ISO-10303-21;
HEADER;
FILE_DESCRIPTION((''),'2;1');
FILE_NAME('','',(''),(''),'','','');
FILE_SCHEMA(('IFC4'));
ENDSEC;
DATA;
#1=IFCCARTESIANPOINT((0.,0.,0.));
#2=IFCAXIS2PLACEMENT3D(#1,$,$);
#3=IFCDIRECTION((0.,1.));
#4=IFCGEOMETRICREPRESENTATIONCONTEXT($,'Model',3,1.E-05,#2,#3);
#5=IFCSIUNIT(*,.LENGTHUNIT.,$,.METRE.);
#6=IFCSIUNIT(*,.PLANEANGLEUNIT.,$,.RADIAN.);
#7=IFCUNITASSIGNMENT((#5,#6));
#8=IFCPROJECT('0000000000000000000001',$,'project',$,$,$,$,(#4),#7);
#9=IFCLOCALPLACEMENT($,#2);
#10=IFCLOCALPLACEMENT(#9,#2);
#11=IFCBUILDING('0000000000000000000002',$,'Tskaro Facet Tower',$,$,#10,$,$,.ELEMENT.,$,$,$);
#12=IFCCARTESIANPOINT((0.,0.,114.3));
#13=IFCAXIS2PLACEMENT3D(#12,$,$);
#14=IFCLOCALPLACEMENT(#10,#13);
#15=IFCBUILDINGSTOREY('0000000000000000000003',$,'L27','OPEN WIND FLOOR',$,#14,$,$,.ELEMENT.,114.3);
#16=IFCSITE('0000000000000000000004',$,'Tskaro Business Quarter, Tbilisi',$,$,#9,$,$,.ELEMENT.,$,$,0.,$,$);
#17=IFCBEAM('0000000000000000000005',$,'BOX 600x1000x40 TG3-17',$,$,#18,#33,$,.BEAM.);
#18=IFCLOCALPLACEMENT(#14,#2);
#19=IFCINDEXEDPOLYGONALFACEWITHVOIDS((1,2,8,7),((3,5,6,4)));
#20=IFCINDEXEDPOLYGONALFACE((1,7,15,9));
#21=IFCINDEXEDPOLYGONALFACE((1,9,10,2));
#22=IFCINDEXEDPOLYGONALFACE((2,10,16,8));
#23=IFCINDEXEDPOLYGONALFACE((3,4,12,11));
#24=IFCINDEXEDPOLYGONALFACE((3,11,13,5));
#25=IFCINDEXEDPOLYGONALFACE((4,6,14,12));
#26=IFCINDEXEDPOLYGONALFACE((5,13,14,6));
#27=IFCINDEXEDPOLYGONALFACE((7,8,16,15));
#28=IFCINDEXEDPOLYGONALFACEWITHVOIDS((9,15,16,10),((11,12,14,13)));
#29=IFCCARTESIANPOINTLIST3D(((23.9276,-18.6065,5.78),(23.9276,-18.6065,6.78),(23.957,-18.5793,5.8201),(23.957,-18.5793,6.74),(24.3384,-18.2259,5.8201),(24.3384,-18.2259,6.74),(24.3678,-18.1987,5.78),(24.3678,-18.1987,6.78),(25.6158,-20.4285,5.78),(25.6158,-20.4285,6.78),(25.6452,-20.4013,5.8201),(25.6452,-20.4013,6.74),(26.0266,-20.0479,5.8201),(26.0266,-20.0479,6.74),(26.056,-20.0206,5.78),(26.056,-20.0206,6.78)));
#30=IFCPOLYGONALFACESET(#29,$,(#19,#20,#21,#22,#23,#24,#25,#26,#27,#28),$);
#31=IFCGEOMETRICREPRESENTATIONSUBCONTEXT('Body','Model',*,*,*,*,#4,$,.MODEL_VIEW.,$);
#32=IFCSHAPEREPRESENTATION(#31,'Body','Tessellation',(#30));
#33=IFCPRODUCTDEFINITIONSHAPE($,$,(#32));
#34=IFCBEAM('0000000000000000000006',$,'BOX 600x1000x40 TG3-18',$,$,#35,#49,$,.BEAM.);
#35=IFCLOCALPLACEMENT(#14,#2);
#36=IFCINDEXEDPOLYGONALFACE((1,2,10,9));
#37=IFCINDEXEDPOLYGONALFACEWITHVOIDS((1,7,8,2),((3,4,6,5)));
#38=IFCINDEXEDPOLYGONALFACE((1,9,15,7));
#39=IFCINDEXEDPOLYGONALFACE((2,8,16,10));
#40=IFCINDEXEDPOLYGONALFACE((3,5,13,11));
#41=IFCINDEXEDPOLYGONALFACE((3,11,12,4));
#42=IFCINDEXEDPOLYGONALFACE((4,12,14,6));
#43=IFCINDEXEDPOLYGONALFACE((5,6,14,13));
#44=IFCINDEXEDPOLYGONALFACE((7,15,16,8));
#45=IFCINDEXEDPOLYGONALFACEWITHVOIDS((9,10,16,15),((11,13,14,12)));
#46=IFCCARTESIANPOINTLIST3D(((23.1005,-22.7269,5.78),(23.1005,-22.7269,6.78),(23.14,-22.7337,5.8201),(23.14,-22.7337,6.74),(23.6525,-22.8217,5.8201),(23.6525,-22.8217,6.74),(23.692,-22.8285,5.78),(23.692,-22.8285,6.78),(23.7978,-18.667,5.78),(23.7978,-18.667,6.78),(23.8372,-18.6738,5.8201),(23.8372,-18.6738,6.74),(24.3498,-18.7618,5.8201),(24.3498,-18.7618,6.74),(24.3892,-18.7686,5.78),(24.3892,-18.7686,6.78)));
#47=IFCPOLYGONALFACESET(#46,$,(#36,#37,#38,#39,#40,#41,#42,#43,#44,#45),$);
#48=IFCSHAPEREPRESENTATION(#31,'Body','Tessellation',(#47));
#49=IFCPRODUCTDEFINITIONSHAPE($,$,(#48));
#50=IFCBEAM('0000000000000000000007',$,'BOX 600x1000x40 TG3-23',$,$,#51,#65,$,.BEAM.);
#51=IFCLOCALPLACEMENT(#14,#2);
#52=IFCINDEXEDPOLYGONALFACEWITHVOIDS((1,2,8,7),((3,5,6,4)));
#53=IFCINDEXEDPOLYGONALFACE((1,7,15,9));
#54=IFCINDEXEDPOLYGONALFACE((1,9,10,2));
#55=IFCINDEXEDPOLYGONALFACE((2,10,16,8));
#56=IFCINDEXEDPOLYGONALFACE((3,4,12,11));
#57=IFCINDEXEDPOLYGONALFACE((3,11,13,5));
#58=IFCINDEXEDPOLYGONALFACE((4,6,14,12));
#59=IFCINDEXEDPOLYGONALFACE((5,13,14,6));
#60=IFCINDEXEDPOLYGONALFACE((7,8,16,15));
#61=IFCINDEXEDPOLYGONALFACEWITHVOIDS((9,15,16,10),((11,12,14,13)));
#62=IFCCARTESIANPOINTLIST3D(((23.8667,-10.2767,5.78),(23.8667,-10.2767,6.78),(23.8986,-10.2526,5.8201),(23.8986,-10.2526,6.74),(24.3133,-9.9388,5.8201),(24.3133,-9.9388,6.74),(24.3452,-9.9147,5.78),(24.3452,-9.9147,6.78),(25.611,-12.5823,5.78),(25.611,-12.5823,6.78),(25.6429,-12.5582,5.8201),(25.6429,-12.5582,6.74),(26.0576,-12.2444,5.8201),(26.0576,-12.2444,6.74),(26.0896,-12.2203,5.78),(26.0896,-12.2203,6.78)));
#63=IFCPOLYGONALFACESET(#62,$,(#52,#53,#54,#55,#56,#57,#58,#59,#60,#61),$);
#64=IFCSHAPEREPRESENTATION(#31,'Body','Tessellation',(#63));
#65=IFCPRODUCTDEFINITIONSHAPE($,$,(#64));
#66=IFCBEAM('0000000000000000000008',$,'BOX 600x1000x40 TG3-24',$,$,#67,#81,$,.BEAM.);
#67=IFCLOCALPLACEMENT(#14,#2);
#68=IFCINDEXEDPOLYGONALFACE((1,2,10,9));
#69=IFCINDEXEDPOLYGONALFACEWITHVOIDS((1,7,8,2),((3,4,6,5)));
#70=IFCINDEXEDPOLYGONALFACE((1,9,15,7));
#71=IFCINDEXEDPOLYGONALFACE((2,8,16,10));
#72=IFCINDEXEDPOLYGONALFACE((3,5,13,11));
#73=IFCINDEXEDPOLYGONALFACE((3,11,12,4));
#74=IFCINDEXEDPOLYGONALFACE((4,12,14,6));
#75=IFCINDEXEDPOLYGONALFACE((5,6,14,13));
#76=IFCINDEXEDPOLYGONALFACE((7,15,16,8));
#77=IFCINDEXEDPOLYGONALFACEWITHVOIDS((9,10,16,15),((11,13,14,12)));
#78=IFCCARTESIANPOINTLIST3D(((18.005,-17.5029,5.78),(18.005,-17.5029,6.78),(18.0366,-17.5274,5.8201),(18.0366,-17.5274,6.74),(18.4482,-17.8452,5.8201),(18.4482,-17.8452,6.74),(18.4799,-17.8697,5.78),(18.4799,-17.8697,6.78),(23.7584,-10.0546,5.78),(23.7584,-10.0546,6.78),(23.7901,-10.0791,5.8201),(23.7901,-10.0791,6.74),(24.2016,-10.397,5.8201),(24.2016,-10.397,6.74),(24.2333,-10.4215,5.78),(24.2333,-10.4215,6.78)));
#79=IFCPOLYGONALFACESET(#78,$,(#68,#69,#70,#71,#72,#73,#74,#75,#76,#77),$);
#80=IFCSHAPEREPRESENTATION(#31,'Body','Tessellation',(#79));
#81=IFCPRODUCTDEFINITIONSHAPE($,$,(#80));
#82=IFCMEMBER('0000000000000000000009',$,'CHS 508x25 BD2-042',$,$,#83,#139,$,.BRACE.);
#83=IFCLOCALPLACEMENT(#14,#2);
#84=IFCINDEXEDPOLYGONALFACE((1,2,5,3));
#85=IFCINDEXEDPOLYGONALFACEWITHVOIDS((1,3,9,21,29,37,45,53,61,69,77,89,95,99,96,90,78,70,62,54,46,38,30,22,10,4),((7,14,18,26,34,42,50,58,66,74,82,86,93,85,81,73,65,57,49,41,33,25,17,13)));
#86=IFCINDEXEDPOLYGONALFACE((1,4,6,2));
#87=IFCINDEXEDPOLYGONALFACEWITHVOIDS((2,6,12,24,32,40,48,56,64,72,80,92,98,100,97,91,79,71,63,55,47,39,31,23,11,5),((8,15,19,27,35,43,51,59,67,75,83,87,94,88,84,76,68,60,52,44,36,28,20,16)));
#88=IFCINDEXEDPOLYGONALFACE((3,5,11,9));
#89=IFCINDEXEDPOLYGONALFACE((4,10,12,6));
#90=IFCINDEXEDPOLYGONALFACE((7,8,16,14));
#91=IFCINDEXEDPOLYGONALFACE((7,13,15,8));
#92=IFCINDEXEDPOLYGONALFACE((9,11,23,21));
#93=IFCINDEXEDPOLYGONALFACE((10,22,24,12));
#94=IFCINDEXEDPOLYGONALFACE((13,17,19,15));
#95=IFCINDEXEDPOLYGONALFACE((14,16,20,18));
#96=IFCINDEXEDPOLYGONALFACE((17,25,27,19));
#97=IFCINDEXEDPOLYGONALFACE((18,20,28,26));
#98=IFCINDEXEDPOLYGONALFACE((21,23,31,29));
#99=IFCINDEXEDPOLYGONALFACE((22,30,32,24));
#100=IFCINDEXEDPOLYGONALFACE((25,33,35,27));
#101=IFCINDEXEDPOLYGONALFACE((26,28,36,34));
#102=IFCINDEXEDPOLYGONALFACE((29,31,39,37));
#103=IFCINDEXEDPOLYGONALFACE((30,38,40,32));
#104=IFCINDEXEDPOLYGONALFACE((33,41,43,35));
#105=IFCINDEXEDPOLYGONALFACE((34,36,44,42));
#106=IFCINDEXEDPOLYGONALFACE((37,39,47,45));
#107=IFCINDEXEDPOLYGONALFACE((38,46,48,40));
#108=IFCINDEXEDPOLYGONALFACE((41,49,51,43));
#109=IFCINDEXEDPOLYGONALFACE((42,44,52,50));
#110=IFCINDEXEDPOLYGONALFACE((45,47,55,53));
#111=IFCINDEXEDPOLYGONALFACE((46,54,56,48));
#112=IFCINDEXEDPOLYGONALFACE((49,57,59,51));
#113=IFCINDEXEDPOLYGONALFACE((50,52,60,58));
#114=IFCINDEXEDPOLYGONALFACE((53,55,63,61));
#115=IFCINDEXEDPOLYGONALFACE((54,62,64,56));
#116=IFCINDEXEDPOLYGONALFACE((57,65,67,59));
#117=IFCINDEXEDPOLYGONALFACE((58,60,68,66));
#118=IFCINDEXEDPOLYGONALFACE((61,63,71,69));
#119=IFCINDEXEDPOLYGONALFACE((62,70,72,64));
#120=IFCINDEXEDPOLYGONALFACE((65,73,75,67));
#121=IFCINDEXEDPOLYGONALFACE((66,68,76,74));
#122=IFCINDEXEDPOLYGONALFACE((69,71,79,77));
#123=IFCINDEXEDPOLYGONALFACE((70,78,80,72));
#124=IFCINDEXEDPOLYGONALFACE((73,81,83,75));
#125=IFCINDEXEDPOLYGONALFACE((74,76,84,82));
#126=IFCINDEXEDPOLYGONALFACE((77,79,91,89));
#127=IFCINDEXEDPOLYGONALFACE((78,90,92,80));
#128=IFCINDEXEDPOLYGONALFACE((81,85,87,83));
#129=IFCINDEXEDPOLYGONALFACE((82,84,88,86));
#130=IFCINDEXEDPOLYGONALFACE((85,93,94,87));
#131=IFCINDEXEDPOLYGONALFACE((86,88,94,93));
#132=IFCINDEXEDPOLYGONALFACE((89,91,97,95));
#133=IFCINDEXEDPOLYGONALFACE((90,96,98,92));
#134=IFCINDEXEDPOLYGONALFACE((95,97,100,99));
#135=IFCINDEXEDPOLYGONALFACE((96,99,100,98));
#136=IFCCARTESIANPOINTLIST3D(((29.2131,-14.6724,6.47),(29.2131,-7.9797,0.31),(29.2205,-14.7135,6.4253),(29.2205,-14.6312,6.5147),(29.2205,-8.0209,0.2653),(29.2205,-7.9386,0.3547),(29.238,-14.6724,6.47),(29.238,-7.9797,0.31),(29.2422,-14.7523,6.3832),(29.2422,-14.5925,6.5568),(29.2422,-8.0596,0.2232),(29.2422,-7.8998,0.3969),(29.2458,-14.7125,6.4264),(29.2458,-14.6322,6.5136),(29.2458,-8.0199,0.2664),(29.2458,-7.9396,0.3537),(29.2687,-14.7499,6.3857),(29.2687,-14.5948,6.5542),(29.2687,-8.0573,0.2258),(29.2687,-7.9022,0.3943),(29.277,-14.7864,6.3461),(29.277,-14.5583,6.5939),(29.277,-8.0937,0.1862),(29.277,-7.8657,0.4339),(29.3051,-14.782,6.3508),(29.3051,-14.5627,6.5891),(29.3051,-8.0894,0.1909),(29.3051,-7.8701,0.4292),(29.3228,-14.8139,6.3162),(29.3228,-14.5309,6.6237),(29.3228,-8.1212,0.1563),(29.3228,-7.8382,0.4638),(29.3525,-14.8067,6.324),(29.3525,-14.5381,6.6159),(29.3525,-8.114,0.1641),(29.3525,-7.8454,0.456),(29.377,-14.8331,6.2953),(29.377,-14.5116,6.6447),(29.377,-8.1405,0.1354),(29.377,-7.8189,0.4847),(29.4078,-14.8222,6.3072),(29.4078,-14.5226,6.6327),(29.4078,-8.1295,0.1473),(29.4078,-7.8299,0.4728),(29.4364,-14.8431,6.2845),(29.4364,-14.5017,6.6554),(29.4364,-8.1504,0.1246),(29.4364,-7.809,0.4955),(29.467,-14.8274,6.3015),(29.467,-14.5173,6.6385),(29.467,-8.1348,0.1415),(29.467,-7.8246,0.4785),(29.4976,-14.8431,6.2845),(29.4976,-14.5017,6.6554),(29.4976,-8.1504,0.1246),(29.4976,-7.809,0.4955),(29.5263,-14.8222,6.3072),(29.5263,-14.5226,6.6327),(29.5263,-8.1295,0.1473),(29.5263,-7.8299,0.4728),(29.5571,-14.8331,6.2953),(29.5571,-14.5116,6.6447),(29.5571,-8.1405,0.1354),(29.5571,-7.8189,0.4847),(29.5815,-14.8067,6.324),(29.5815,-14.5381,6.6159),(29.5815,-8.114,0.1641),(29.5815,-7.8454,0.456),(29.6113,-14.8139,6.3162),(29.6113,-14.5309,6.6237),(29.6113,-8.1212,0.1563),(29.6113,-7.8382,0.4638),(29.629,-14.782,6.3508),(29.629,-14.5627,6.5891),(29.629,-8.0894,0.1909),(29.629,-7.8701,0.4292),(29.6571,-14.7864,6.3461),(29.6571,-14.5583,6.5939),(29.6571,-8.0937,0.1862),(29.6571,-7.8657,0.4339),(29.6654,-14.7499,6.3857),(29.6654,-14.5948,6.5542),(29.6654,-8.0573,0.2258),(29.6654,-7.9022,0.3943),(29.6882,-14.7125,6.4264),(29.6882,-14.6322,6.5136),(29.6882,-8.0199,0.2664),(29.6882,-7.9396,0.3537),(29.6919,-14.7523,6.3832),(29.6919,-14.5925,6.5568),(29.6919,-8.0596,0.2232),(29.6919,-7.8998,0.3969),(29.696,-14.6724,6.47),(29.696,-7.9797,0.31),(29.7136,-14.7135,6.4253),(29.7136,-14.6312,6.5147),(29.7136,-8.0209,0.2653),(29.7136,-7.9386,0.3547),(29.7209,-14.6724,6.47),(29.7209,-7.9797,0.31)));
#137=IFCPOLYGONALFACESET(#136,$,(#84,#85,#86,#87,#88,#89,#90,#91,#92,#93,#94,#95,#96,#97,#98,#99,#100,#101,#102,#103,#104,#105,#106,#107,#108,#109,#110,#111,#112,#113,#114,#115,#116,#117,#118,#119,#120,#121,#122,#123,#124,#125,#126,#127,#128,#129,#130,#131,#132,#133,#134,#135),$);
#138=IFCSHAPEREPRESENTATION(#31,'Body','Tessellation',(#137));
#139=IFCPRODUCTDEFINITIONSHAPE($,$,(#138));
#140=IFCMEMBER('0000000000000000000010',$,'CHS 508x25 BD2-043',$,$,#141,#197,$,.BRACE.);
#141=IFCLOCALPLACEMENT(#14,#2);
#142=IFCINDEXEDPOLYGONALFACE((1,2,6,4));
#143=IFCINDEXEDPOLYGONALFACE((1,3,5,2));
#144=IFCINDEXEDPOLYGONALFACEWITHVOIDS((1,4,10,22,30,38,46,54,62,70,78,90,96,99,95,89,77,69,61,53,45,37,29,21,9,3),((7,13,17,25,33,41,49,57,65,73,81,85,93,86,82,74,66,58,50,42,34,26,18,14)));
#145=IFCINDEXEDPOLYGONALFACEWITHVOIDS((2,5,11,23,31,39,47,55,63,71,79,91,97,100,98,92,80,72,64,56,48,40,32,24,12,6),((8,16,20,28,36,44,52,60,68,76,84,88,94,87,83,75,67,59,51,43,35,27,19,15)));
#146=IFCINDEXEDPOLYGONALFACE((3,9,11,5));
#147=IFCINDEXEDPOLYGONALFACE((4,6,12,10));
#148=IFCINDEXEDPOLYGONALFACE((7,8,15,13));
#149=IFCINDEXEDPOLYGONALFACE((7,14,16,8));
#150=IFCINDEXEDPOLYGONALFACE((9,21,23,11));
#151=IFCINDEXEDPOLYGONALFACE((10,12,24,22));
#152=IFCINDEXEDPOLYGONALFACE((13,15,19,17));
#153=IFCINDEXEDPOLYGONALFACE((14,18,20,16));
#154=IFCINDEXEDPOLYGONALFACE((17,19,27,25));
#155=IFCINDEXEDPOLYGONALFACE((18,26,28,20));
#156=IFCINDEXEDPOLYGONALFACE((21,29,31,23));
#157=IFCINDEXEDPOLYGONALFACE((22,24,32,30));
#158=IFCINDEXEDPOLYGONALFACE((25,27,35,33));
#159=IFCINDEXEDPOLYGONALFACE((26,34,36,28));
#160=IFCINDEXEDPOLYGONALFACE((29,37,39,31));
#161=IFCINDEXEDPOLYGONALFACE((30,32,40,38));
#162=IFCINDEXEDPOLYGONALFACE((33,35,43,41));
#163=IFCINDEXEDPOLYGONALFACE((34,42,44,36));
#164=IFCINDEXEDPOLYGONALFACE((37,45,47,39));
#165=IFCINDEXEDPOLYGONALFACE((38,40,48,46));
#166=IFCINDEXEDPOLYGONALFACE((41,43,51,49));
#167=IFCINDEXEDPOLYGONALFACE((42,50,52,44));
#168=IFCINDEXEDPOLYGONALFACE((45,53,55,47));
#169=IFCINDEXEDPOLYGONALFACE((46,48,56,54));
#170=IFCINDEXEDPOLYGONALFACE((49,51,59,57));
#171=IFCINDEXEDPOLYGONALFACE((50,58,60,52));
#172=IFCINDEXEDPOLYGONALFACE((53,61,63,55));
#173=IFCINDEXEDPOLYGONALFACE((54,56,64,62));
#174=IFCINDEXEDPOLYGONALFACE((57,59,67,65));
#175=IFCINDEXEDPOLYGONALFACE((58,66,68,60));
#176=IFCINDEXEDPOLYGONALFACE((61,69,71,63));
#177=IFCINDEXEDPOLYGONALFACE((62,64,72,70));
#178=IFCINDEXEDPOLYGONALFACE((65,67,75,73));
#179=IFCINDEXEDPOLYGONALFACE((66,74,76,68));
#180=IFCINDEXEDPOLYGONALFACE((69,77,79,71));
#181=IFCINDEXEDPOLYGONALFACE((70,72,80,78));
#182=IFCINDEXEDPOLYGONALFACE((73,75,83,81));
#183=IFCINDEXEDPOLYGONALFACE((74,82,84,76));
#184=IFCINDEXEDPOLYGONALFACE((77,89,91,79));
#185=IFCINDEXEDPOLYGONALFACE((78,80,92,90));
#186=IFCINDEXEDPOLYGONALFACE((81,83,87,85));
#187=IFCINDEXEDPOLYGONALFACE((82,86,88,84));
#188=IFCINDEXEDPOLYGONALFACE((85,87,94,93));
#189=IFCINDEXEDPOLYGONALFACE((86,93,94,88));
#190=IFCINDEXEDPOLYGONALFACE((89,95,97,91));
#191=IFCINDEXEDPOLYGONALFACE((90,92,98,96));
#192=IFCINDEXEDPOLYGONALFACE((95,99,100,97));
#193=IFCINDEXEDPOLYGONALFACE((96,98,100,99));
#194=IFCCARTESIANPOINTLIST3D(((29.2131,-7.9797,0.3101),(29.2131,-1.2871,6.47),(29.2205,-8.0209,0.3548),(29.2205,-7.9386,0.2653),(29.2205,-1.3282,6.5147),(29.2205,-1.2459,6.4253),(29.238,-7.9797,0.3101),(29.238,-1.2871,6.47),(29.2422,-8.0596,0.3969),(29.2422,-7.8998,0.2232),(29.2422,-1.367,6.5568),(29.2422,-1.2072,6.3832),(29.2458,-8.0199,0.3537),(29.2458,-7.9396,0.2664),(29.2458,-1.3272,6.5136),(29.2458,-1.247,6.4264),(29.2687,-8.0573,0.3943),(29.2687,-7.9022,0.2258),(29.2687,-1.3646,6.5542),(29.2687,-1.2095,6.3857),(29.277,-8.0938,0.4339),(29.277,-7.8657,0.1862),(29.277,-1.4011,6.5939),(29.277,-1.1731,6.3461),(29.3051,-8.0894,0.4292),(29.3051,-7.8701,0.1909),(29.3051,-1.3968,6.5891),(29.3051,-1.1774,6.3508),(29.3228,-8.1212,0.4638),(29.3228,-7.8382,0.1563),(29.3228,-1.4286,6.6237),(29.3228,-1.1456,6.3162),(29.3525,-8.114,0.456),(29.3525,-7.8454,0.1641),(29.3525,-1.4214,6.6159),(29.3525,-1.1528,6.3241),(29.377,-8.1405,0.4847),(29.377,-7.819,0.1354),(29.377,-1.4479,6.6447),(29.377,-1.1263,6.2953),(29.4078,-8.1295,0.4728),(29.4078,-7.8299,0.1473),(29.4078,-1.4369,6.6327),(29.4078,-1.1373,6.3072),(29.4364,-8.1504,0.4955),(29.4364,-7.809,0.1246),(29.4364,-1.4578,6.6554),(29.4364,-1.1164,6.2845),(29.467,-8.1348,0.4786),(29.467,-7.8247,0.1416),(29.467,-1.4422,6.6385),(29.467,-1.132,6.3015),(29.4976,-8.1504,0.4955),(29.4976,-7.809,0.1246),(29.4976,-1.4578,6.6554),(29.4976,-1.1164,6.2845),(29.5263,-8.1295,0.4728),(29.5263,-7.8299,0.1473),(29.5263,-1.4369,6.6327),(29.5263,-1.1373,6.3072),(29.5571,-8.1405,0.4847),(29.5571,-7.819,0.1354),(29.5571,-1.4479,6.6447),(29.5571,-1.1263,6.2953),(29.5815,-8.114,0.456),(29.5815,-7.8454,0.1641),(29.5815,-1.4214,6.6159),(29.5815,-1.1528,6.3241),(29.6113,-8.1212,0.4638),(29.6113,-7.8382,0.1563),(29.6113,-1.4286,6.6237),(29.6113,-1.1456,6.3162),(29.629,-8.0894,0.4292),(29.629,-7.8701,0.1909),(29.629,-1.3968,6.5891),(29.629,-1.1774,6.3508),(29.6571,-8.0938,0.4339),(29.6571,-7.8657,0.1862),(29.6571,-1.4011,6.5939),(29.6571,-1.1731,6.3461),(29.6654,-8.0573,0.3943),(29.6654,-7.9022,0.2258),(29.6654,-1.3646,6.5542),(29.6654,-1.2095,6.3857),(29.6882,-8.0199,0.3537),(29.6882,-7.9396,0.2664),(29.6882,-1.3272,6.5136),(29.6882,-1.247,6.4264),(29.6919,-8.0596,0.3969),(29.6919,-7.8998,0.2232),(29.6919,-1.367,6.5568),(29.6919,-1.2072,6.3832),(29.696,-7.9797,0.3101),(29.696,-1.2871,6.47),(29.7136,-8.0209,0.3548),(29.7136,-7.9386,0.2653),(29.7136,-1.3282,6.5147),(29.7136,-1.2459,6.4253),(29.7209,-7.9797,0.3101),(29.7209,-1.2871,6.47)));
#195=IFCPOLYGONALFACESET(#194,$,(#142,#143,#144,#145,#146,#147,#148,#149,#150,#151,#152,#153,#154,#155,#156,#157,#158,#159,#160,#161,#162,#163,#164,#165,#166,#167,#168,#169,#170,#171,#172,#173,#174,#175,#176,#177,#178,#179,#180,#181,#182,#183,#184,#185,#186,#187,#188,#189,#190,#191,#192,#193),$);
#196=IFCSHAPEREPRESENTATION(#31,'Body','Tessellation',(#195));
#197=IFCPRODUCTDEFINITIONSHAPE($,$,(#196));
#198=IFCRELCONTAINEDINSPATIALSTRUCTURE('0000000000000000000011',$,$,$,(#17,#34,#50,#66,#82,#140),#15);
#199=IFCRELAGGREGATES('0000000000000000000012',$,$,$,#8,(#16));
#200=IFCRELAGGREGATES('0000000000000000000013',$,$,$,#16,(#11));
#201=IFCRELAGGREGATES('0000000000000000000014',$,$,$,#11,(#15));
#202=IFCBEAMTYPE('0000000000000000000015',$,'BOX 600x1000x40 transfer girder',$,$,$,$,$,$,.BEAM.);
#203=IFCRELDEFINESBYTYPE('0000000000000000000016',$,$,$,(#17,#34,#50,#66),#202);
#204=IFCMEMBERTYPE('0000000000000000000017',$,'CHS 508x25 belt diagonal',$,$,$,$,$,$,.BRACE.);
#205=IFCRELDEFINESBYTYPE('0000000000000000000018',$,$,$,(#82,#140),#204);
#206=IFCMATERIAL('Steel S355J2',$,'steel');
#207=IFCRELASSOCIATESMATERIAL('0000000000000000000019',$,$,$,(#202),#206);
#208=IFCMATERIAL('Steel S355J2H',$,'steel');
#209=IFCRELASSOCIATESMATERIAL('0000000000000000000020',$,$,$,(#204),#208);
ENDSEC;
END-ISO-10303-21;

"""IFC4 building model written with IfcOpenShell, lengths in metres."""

from ifc_helpers import new_model, si_unit, direction, frame, origin, origin_2d, place, context, subcontext, project, spatial, hollow_rectangle, hollow_circle, extrude, material, material_profile, profile_set, type_object, element, save


model = new_model("IFC4")

# Units and contexts
model_context = context("Model", 3, precision=1e-05, world=origin(), true_north=direction((0.0, 1.0)))
body_context = subcontext(model_context, "Body", "Model", "MODEL_VIEW")
ifc_project = project(units=[si_unit("LENGTHUNIT", "METRE"), si_unit("PLANEANGLEUNIT", "RADIAN")], contexts=[model_context])

# Site, building, storey
site_placement = place(None, origin())
site = spatial("IfcSite", under=ifc_project, at=site_placement, Name="Tskaro Business Quarter, Tbilisi", CompositionType="ELEMENT", RefElevation=0.0)
building_placement = place(site_placement, origin())
building = spatial("IfcBuilding", under=site, at=building_placement, Name="Tskaro Facet Tower", CompositionType="ELEMENT")
storey_placement = place(building_placement, frame((0.0, 0.0, 114.3)))
storey = spatial("IfcBuildingStorey", under=building, at=storey_placement, Name="L27", Description="OPEN WIND FLOOR", CompositionType="ELEMENT", Elevation=114.3)

# Shared definitions
ifc_material_1 = material(Name="Steel S355J2H", Category="steel")

# Beams
ifc_material_2 = material(Name="Steel S355J2", Category="steel")
ifc_material_profile_1 = material_profile(ifc_material_2, hollow_rectangle(XDim=0.6001, YDim=1.0, WallThickness=0.04, at=origin_2d()), Name="BOX 600x1000x40")
ifc_profile_set_1 = profile_set([ifc_material_profile_1], Name="Steel S355J2")
beam_type_1 = type_object("IfcBeamType", Name="BOX 600x1000x40 transfer girder", PredefinedType="BEAM", material=ifc_profile_set_1)
beam_1_placement = place(storey_placement, frame((24.1477, -18.4026, 6.28), z_axis=(0.679663, -0.733525, 0.0), x_axis=(0.733525, 0.679663, 0.0)))
element("IfcBeam", 1, at=beam_1_placement, inside=storey, type_object=beam_type_1, Name="BOX 600x1000x40 TG3-17", PredefinedType="BEAM", context=body_context, shape_type="SweptSolid", body=[
    extrude(hollow_rectangle(XDim=0.6001, YDim=1.0, WallThickness=0.04, at=origin_2d()), origin(), (0.0, 0.0, 1.0), 2.4839),
])
beam_2_placement = place(storey_placement, frame((24.0935, -18.7178, 6.28), z_axis=(-0.16926, -0.985571, 0.0), x_axis=(0.985571, -0.16926, 0.0)))
element("IfcBeam", 2, at=beam_2_placement, inside=storey, type_object=beam_type_1, Name="BOX 600x1000x40 TG3-18", PredefinedType="BEAM", context=body_context, shape_type="SweptSolid", body=[
    extrude(hollow_rectangle(XDim=0.6001, YDim=1.0, WallThickness=0.04, at=origin_2d()), origin(), (0.0, 0.0, 1.0), 4.1194),
])
beam_3_placement = place(storey_placement, frame((24.106, -10.0957, 6.28), z_axis=(0.603345, -0.79748, 0.0), x_axis=(0.79748, 0.603345, 0.0)))
element("IfcBeam", 3, at=beam_3_placement, inside=storey, type_object=beam_type_1, Name="BOX 600x1000x40 TG3-23", PredefinedType="BEAM", context=body_context, shape_type="SweptSolid", body=[
    extrude(hollow_rectangle(XDim=0.6001, YDim=1.0, WallThickness=0.04, at=origin_2d()), origin(), (0.0, 0.0, 1.0), 2.8911),
])
beam_4_placement = place(storey_placement, frame((23.9958, -10.238, 6.28), z_axis=(-0.611312, -0.79139, 0.0), x_axis=(0.79139, -0.611312, 0.0)))
element("IfcBeam", 4, at=beam_4_placement, inside=storey, type_object=beam_type_1, Name="BOX 600x1000x40 TG3-24", PredefinedType="BEAM", context=body_context, shape_type="SweptSolid", body=[
    extrude(hollow_rectangle(XDim=0.6001, YDim=1.0, WallThickness=0.04, at=origin_2d()), origin(), (0.0, 0.0, 1.0), 9.4116),
])

# Members
ifc_material_profile_2 = material_profile(ifc_material_1, hollow_circle(Radius=0.2539, WallThickness=0.0249, at=origin_2d()), Name="CHS 508x25")
ifc_profile_set_2 = profile_set([ifc_material_profile_2], Name="Steel S355J2H")
member_type_1 = type_object("IfcMemberType", Name="CHS 508x25 belt diagonal", PredefinedType="BRACE", material=ifc_profile_set_2)
for number, where, z_axis, x_axis, name in (
    (5, (29.467, -14.6724, 6.47), (0.0, 0.735783, -0.677217), (-1.0, 0.0, 0.0), "CHS 508x25 BD2-042"),
    (6, (29.467, -7.9797, 0.3101), (0.0, 0.735783, 0.677217), (-1.0, 0.0, 0.0), "CHS 508x25 BD2-043"),
):
    element("IfcMember", number, at=place(storey_placement, frame(where, z_axis=z_axis, x_axis=x_axis)), inside=storey, type_object=member_type_1, Name=name, PredefinedType="BRACE", context=body_context, shape_type="SweptSolid", body=[
        extrude(hollow_circle(Radius=0.2539, WallThickness=0.0249, at=origin_2d()), origin(), (0.0, 0.0, 1.0), 9.0959),
    ])

save(model, "model.ifc")
